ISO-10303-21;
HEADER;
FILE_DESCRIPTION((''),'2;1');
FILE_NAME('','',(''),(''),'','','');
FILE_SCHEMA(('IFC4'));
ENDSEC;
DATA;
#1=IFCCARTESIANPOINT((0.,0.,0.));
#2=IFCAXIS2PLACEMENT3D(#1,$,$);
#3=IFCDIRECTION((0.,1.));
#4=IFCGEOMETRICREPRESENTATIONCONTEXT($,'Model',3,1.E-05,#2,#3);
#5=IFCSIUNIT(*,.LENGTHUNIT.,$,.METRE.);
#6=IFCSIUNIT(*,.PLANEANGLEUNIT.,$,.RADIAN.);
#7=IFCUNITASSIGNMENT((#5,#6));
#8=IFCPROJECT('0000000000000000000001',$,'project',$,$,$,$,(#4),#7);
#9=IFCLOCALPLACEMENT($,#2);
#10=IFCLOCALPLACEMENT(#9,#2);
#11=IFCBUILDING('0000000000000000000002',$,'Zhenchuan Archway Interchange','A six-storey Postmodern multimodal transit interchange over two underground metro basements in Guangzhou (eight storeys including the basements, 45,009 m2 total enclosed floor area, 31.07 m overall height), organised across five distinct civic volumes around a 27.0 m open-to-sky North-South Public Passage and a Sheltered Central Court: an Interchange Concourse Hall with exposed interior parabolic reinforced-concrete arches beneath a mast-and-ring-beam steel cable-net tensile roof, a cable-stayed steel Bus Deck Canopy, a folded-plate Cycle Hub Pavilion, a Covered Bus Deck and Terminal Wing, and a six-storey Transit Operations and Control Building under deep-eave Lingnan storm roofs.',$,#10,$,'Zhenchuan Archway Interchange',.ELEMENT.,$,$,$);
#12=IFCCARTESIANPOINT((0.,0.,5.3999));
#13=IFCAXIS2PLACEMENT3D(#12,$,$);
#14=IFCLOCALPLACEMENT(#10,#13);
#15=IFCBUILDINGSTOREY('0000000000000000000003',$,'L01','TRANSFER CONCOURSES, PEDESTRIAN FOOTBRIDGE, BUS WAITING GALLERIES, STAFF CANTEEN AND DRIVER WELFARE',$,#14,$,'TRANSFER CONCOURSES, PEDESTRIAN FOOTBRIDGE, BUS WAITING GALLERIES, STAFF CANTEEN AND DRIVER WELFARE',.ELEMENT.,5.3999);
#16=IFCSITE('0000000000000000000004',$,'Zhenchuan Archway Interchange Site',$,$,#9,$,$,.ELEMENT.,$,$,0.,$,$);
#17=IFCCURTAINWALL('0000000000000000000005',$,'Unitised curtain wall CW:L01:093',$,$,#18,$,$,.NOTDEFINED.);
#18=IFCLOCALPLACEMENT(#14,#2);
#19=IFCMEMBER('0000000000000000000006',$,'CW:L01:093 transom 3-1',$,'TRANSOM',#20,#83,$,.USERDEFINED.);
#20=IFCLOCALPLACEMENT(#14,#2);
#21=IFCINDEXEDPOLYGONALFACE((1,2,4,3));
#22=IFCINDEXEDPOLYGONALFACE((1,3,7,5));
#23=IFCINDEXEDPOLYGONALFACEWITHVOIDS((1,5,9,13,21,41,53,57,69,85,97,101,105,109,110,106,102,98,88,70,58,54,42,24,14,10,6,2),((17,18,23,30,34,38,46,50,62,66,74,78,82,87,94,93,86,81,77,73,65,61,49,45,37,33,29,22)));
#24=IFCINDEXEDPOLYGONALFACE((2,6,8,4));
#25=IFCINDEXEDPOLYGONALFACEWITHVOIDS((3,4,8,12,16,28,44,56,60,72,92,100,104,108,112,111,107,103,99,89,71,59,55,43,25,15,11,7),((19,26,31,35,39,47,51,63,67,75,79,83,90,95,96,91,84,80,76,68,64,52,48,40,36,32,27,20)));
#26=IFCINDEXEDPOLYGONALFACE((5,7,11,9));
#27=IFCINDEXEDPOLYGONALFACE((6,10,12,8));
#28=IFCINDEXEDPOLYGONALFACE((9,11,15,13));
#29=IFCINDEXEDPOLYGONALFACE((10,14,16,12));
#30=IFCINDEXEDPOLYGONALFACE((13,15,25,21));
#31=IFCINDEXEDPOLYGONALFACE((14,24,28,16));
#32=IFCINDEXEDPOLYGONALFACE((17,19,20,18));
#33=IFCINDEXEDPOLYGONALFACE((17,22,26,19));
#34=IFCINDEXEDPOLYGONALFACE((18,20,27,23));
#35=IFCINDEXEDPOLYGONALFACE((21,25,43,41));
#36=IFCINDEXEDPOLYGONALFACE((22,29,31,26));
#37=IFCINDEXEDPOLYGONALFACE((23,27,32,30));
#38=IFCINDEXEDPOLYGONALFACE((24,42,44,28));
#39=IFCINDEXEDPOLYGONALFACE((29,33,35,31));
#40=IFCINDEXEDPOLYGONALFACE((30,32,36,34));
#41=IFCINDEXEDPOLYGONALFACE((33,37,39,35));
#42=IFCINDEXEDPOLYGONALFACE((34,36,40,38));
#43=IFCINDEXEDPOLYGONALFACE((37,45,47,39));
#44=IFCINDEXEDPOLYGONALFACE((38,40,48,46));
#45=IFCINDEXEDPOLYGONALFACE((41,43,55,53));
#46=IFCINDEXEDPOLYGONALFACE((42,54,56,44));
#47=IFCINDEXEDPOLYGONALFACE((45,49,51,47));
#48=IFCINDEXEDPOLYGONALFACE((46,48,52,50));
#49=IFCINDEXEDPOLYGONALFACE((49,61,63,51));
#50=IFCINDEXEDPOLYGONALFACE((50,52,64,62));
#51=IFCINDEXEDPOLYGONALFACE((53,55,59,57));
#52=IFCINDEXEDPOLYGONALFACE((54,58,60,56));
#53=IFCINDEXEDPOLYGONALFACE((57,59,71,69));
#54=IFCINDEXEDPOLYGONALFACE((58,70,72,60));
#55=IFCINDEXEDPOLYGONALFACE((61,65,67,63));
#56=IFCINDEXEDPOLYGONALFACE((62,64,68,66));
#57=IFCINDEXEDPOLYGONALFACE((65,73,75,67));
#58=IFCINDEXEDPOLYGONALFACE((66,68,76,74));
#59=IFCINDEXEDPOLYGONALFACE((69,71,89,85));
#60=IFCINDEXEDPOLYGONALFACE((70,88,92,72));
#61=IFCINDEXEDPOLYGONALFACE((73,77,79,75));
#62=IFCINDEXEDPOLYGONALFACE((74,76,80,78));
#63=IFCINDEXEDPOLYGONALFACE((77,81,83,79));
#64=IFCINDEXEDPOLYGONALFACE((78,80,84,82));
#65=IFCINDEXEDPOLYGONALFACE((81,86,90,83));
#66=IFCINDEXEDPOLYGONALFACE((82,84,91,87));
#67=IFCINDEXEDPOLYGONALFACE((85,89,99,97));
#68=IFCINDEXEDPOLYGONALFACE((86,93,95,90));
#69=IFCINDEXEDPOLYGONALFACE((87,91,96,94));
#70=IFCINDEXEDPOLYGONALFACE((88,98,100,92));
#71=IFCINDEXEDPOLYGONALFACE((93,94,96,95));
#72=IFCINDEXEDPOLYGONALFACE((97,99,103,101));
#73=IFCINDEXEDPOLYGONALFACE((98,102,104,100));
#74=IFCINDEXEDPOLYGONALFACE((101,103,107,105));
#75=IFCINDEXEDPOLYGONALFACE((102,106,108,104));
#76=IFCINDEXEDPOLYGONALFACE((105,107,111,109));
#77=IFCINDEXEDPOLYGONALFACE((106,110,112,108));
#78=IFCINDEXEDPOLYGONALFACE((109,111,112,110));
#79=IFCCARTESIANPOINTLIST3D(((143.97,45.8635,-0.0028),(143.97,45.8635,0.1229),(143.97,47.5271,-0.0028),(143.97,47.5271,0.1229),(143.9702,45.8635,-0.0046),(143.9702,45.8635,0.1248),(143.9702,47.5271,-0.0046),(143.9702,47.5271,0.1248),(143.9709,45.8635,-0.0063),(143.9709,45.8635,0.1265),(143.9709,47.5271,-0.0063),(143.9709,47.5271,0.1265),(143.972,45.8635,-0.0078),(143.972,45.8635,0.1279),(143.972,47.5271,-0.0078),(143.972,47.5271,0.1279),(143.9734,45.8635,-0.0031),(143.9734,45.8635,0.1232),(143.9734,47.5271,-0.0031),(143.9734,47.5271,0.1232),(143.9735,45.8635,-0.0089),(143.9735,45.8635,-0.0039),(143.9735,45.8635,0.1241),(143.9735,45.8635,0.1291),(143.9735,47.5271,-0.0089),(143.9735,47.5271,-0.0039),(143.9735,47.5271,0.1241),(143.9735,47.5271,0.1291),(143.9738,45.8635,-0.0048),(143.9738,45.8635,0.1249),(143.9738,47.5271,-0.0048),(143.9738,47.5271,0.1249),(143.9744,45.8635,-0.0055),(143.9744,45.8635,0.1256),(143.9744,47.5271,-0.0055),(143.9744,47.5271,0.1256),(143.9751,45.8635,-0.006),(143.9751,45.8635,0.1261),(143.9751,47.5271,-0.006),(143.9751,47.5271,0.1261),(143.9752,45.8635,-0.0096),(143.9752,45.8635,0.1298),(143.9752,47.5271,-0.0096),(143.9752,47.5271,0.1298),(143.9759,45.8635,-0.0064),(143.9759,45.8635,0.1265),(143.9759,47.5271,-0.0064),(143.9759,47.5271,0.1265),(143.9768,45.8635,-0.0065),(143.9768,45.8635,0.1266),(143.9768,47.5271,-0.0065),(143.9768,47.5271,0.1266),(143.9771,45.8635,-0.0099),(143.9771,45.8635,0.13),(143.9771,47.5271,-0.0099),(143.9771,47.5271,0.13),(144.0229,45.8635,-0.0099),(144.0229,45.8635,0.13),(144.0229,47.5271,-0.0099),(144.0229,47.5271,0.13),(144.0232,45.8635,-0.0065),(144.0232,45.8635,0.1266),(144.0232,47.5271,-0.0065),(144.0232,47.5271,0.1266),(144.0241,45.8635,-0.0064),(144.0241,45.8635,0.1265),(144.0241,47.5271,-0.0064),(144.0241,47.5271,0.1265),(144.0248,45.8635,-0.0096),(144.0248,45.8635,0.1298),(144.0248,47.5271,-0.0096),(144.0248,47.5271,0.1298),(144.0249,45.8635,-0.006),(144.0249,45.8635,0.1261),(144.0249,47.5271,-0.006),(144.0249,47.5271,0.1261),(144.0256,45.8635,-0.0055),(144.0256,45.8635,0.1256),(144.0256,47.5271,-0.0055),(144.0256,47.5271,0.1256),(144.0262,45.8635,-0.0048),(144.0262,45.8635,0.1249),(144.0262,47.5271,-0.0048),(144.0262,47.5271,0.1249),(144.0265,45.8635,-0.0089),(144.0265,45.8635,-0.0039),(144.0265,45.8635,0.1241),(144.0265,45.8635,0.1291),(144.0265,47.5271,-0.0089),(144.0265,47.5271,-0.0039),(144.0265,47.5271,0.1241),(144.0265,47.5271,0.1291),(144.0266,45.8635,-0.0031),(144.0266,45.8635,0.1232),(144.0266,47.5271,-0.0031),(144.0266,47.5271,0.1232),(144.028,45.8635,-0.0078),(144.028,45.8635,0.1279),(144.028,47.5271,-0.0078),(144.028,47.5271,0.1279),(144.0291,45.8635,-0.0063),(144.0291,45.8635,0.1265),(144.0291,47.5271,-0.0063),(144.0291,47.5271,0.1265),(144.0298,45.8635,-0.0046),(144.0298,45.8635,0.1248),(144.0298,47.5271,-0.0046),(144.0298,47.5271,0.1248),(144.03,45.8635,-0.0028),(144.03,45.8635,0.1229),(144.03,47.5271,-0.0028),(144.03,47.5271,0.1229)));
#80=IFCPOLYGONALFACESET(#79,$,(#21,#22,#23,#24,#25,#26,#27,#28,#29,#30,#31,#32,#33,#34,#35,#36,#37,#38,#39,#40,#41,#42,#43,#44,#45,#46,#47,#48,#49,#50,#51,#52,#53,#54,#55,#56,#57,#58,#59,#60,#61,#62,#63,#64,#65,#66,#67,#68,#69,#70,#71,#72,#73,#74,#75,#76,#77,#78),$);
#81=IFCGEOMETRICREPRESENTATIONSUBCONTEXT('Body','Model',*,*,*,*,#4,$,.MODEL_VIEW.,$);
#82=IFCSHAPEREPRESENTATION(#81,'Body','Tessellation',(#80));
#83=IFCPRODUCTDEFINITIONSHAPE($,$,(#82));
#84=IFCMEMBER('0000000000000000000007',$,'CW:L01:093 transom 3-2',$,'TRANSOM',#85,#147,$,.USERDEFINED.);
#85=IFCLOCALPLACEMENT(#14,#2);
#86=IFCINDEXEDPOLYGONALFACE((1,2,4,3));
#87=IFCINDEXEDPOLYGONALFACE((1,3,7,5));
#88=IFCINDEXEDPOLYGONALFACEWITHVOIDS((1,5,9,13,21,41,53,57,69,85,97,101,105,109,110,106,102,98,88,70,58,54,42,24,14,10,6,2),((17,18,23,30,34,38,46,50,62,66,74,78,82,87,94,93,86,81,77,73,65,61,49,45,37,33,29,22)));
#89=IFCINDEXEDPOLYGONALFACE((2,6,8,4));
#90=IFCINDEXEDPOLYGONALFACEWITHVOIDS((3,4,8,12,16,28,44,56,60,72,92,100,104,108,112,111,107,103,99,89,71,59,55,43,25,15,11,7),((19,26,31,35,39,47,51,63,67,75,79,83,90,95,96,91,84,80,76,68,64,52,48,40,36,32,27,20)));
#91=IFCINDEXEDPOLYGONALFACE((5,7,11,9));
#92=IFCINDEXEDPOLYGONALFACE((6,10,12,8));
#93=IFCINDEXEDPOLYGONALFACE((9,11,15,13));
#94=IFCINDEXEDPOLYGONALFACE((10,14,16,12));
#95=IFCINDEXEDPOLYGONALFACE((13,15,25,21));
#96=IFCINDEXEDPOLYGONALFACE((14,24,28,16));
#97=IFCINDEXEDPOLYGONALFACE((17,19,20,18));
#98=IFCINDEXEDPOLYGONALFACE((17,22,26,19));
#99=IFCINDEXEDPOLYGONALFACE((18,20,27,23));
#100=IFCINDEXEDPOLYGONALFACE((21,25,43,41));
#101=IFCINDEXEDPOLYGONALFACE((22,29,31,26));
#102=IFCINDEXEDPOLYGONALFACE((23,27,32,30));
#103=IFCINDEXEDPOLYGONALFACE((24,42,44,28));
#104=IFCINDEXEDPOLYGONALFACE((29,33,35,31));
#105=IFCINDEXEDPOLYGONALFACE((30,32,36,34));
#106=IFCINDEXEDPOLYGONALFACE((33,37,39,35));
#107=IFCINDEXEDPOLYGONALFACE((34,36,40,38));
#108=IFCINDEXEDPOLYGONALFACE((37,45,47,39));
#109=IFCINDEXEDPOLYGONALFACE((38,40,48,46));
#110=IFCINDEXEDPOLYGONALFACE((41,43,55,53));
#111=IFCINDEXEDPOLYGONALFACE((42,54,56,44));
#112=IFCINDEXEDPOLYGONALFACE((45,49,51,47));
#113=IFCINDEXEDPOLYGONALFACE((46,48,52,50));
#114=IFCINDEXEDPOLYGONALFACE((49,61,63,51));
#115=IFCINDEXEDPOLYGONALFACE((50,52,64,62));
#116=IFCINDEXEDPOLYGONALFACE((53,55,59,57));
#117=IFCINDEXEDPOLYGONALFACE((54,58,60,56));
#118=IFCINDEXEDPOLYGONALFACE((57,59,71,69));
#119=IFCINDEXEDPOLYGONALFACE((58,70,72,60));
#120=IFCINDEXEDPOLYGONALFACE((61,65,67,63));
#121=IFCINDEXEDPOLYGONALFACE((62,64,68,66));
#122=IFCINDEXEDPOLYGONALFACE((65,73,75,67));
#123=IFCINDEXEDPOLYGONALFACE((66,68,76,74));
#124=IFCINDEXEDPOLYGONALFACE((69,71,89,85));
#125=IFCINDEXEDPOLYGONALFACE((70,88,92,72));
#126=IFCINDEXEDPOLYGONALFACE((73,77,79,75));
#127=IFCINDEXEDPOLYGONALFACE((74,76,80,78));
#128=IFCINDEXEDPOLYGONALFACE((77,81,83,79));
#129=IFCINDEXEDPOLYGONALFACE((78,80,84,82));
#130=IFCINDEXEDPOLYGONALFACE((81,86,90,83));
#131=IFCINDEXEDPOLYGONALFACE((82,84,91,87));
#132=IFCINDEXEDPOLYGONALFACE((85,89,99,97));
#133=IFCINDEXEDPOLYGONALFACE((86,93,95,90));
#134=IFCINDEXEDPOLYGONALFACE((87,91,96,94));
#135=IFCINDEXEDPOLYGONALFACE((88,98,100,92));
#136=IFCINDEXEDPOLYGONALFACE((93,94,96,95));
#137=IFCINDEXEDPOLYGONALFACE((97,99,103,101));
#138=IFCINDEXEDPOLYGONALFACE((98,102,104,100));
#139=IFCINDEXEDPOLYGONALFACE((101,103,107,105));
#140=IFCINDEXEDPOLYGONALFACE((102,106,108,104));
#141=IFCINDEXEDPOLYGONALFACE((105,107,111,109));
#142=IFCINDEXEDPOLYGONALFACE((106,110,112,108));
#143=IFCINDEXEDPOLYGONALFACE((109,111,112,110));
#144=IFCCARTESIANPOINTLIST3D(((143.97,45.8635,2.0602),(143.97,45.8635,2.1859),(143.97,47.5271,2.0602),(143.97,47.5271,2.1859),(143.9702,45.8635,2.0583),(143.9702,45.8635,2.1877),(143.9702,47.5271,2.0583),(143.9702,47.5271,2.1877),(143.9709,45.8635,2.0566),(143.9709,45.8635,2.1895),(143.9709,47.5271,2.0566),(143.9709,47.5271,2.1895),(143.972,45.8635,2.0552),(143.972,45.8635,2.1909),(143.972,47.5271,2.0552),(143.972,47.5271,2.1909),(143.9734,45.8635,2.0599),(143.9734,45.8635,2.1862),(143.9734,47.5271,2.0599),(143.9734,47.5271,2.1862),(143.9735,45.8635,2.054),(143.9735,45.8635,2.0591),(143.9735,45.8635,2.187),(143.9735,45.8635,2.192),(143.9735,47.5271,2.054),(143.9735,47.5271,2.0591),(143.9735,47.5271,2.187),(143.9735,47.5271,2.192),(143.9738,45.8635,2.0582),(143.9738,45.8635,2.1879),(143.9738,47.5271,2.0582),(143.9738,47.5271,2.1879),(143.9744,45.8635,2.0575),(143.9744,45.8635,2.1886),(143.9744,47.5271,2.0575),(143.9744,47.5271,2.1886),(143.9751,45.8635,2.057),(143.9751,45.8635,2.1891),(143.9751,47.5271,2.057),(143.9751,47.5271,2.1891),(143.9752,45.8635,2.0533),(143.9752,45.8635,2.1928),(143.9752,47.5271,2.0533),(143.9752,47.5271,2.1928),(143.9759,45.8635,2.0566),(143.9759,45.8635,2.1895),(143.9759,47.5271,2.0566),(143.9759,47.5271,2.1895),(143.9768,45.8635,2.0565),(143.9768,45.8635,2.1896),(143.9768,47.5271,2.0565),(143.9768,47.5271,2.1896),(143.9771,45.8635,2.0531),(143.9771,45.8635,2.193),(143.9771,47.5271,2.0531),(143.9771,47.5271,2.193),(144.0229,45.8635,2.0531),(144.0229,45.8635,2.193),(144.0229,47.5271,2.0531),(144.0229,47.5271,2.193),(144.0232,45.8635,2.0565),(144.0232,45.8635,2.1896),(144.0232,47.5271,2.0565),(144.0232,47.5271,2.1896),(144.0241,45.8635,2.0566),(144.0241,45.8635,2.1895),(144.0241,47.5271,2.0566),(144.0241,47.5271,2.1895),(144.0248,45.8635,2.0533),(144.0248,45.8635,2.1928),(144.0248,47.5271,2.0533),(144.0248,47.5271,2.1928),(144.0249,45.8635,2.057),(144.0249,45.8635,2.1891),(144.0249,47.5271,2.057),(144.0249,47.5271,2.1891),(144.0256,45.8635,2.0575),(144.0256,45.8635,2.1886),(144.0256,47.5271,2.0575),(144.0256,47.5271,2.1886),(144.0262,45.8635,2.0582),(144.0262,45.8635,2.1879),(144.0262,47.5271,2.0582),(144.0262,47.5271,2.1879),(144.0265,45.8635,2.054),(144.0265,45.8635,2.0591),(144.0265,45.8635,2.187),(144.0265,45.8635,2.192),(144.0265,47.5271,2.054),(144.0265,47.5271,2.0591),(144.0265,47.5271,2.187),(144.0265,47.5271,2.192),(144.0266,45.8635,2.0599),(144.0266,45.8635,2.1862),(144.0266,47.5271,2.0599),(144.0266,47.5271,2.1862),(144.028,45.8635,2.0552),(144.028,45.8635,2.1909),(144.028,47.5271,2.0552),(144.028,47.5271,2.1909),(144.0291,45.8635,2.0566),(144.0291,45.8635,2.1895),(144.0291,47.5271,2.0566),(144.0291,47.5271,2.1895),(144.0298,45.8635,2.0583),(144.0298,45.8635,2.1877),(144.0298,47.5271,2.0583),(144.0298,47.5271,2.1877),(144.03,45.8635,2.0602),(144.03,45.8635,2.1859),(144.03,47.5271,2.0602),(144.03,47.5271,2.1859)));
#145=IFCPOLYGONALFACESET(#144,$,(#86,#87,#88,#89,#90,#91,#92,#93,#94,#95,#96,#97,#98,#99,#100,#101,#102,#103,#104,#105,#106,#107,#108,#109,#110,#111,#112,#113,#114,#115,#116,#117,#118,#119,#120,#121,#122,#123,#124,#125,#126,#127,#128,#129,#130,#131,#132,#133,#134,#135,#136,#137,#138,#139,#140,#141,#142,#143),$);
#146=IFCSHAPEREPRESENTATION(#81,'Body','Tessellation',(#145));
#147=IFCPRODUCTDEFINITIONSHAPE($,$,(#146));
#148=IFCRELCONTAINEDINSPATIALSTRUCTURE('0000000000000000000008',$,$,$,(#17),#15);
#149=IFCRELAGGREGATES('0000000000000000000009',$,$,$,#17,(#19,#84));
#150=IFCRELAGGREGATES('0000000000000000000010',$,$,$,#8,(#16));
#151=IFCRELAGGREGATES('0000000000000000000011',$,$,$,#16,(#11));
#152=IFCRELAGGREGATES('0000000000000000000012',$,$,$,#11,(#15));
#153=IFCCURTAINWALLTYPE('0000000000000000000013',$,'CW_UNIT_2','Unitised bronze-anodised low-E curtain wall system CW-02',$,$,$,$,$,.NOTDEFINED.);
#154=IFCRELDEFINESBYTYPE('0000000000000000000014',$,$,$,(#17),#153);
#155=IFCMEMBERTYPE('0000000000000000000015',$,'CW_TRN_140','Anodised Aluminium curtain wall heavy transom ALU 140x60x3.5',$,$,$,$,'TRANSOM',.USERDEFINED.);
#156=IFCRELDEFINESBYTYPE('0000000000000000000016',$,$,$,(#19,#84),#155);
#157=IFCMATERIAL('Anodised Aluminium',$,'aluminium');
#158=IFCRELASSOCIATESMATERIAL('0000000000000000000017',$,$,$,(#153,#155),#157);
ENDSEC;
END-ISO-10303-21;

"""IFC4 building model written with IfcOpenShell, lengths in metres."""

from ifc_helpers import new_model, si_unit, direction, frame, origin, origin_2d, place, context, subcontext, project, spatial, hollow_rectangle, extrude, material, material_profile, profile_set, type_object, element, aggregate, save


model = new_model("IFC4")

# Units and contexts
model_context = context("Model", 3, precision=1e-05, world=origin(), true_north=direction((0.0, 1.0)))
body_context = subcontext(model_context, "Body", "Model", "MODEL_VIEW")
ifc_project = project(units=[si_unit("LENGTHUNIT", "METRE"), si_unit("PLANEANGLEUNIT", "RADIAN")], contexts=[model_context])

# Site, building, storey
site_placement = place(None, origin())
site = spatial("IfcSite", under=ifc_project, at=site_placement, Name="Zhenchuan Archway Interchange Site", CompositionType="ELEMENT", RefElevation=0.0)
building_placement = place(site_placement, origin())
building = spatial("IfcBuilding", under=site, at=building_placement, Name="Zhenchuan Archway Interchange", Description="A six-storey Postmodern multimodal transit interchange over two underground metro basements in Guangzhou (eight storeys including the basements, 45,009 m2 total enclosed floor area, 31.07 m overall height), organised across five distinct civic volumes around a 27.0 m open-to-sky North-South Public Passage and a Sheltered Central Court: an Interchange Concourse Hall with exposed interior parabolic reinforced-concrete arches beneath a mast-and-ring-beam steel cable-net tensile roof, a cable-stayed steel Bus Deck Canopy, a folded-plate Cycle Hub Pavilion, a Covered Bus Deck and Terminal Wing, and a six-storey Transit Operations and Control Building under deep-eave Lingnan storm roofs.", LongName="Zhenchuan Archway Interchange", CompositionType="ELEMENT")
storey_placement = place(building_placement, frame((0.0, 0.0, 5.3999)))
storey = spatial("IfcBuildingStorey", under=building, at=storey_placement, Name="L01", Description="TRANSFER CONCOURSES, PEDESTRIAN FOOTBRIDGE, BUS WAITING GALLERIES, STAFF CANTEEN AND DRIVER WELFARE", LongName="TRANSFER CONCOURSES, PEDESTRIAN FOOTBRIDGE, BUS WAITING GALLERIES, STAFF CANTEEN AND DRIVER WELFARE", CompositionType="ELEMENT", Elevation=5.3999)

# Curtain wall, members
ifc_material_1 = material(Name="Anodised Aluminium", Category="aluminium")
curtain_wall_type = type_object("IfcCurtainWallType", Name="CW_UNIT_2", Description="Unitised bronze-anodised low-E curtain wall system CW-02", PredefinedType="NOTDEFINED", material=ifc_material_1)
curtain_wall_placement = place(storey_placement, origin())
curtain_wall = element("IfcCurtainWall", 1, at=curtain_wall_placement, inside=storey, type_object=curtain_wall_type, Name="Unitised curtain wall CW:L01:093", PredefinedType="NOTDEFINED")
ifc_material_profile_1 = material_profile(ifc_material_1, hollow_rectangle(XDim=0.0601, YDim=0.1399, WallThickness=0.0034, InnerFilletRadius=0.0034, OuterFilletRadius=0.0071, at=origin_2d()), Name="ALU 140x60x3.5")
ifc_profile_set_1 = profile_set([ifc_material_profile_1], Name="Anodised Aluminium")
member_type_1 = type_object("IfcMemberType", Name="CW_TRN_140", Description="Anodised Aluminium curtain wall heavy transom ALU 140x60x3.5", ElementType="TRANSOM", PredefinedType="USERDEFINED", material=ifc_profile_set_1)
member_1_placement = place(storey_placement, frame((144.0, 45.8635, 0.0601), z_axis=(0.0, 1.0, 0.0), x_axis=(-1.0, 0.0, 0.0)))
member_1 = element("IfcMember", 2, at=member_1_placement, type_object=member_type_1, Name="CW:L01:093 transom 3-1", ObjectType="TRANSOM", PredefinedType="USERDEFINED", context=body_context, shape_type="SweptSolid", body=[
    extrude(hollow_rectangle(XDim=0.0601, YDim=0.1399, WallThickness=0.0034, InnerFilletRadius=0.0034, OuterFilletRadius=0.0071, at=origin_2d()), origin(), (0.0, 0.0, 1.0), 1.6636),
])
member_2_placement = place(storey_placement, frame((144.0, 45.8635, 2.123), z_axis=(0.0, 1.0, 0.0), x_axis=(-1.0, 0.0, 0.0)))
member_2 = element("IfcMember", 3, at=member_2_placement, type_object=member_type_1, Name="CW:L01:093 transom 3-2", ObjectType="TRANSOM", PredefinedType="USERDEFINED", context=body_context, shape_type="SweptSolid", body=[
    extrude(hollow_rectangle(XDim=0.0601, YDim=0.1399, WallThickness=0.0034, InnerFilletRadius=0.0034, OuterFilletRadius=0.0071, at=origin_2d()), origin(), (0.0, 0.0, 1.0), 1.6636),
])

aggregate(curtain_wall, [member_1, member_2])

save(model, "model.ifc")
